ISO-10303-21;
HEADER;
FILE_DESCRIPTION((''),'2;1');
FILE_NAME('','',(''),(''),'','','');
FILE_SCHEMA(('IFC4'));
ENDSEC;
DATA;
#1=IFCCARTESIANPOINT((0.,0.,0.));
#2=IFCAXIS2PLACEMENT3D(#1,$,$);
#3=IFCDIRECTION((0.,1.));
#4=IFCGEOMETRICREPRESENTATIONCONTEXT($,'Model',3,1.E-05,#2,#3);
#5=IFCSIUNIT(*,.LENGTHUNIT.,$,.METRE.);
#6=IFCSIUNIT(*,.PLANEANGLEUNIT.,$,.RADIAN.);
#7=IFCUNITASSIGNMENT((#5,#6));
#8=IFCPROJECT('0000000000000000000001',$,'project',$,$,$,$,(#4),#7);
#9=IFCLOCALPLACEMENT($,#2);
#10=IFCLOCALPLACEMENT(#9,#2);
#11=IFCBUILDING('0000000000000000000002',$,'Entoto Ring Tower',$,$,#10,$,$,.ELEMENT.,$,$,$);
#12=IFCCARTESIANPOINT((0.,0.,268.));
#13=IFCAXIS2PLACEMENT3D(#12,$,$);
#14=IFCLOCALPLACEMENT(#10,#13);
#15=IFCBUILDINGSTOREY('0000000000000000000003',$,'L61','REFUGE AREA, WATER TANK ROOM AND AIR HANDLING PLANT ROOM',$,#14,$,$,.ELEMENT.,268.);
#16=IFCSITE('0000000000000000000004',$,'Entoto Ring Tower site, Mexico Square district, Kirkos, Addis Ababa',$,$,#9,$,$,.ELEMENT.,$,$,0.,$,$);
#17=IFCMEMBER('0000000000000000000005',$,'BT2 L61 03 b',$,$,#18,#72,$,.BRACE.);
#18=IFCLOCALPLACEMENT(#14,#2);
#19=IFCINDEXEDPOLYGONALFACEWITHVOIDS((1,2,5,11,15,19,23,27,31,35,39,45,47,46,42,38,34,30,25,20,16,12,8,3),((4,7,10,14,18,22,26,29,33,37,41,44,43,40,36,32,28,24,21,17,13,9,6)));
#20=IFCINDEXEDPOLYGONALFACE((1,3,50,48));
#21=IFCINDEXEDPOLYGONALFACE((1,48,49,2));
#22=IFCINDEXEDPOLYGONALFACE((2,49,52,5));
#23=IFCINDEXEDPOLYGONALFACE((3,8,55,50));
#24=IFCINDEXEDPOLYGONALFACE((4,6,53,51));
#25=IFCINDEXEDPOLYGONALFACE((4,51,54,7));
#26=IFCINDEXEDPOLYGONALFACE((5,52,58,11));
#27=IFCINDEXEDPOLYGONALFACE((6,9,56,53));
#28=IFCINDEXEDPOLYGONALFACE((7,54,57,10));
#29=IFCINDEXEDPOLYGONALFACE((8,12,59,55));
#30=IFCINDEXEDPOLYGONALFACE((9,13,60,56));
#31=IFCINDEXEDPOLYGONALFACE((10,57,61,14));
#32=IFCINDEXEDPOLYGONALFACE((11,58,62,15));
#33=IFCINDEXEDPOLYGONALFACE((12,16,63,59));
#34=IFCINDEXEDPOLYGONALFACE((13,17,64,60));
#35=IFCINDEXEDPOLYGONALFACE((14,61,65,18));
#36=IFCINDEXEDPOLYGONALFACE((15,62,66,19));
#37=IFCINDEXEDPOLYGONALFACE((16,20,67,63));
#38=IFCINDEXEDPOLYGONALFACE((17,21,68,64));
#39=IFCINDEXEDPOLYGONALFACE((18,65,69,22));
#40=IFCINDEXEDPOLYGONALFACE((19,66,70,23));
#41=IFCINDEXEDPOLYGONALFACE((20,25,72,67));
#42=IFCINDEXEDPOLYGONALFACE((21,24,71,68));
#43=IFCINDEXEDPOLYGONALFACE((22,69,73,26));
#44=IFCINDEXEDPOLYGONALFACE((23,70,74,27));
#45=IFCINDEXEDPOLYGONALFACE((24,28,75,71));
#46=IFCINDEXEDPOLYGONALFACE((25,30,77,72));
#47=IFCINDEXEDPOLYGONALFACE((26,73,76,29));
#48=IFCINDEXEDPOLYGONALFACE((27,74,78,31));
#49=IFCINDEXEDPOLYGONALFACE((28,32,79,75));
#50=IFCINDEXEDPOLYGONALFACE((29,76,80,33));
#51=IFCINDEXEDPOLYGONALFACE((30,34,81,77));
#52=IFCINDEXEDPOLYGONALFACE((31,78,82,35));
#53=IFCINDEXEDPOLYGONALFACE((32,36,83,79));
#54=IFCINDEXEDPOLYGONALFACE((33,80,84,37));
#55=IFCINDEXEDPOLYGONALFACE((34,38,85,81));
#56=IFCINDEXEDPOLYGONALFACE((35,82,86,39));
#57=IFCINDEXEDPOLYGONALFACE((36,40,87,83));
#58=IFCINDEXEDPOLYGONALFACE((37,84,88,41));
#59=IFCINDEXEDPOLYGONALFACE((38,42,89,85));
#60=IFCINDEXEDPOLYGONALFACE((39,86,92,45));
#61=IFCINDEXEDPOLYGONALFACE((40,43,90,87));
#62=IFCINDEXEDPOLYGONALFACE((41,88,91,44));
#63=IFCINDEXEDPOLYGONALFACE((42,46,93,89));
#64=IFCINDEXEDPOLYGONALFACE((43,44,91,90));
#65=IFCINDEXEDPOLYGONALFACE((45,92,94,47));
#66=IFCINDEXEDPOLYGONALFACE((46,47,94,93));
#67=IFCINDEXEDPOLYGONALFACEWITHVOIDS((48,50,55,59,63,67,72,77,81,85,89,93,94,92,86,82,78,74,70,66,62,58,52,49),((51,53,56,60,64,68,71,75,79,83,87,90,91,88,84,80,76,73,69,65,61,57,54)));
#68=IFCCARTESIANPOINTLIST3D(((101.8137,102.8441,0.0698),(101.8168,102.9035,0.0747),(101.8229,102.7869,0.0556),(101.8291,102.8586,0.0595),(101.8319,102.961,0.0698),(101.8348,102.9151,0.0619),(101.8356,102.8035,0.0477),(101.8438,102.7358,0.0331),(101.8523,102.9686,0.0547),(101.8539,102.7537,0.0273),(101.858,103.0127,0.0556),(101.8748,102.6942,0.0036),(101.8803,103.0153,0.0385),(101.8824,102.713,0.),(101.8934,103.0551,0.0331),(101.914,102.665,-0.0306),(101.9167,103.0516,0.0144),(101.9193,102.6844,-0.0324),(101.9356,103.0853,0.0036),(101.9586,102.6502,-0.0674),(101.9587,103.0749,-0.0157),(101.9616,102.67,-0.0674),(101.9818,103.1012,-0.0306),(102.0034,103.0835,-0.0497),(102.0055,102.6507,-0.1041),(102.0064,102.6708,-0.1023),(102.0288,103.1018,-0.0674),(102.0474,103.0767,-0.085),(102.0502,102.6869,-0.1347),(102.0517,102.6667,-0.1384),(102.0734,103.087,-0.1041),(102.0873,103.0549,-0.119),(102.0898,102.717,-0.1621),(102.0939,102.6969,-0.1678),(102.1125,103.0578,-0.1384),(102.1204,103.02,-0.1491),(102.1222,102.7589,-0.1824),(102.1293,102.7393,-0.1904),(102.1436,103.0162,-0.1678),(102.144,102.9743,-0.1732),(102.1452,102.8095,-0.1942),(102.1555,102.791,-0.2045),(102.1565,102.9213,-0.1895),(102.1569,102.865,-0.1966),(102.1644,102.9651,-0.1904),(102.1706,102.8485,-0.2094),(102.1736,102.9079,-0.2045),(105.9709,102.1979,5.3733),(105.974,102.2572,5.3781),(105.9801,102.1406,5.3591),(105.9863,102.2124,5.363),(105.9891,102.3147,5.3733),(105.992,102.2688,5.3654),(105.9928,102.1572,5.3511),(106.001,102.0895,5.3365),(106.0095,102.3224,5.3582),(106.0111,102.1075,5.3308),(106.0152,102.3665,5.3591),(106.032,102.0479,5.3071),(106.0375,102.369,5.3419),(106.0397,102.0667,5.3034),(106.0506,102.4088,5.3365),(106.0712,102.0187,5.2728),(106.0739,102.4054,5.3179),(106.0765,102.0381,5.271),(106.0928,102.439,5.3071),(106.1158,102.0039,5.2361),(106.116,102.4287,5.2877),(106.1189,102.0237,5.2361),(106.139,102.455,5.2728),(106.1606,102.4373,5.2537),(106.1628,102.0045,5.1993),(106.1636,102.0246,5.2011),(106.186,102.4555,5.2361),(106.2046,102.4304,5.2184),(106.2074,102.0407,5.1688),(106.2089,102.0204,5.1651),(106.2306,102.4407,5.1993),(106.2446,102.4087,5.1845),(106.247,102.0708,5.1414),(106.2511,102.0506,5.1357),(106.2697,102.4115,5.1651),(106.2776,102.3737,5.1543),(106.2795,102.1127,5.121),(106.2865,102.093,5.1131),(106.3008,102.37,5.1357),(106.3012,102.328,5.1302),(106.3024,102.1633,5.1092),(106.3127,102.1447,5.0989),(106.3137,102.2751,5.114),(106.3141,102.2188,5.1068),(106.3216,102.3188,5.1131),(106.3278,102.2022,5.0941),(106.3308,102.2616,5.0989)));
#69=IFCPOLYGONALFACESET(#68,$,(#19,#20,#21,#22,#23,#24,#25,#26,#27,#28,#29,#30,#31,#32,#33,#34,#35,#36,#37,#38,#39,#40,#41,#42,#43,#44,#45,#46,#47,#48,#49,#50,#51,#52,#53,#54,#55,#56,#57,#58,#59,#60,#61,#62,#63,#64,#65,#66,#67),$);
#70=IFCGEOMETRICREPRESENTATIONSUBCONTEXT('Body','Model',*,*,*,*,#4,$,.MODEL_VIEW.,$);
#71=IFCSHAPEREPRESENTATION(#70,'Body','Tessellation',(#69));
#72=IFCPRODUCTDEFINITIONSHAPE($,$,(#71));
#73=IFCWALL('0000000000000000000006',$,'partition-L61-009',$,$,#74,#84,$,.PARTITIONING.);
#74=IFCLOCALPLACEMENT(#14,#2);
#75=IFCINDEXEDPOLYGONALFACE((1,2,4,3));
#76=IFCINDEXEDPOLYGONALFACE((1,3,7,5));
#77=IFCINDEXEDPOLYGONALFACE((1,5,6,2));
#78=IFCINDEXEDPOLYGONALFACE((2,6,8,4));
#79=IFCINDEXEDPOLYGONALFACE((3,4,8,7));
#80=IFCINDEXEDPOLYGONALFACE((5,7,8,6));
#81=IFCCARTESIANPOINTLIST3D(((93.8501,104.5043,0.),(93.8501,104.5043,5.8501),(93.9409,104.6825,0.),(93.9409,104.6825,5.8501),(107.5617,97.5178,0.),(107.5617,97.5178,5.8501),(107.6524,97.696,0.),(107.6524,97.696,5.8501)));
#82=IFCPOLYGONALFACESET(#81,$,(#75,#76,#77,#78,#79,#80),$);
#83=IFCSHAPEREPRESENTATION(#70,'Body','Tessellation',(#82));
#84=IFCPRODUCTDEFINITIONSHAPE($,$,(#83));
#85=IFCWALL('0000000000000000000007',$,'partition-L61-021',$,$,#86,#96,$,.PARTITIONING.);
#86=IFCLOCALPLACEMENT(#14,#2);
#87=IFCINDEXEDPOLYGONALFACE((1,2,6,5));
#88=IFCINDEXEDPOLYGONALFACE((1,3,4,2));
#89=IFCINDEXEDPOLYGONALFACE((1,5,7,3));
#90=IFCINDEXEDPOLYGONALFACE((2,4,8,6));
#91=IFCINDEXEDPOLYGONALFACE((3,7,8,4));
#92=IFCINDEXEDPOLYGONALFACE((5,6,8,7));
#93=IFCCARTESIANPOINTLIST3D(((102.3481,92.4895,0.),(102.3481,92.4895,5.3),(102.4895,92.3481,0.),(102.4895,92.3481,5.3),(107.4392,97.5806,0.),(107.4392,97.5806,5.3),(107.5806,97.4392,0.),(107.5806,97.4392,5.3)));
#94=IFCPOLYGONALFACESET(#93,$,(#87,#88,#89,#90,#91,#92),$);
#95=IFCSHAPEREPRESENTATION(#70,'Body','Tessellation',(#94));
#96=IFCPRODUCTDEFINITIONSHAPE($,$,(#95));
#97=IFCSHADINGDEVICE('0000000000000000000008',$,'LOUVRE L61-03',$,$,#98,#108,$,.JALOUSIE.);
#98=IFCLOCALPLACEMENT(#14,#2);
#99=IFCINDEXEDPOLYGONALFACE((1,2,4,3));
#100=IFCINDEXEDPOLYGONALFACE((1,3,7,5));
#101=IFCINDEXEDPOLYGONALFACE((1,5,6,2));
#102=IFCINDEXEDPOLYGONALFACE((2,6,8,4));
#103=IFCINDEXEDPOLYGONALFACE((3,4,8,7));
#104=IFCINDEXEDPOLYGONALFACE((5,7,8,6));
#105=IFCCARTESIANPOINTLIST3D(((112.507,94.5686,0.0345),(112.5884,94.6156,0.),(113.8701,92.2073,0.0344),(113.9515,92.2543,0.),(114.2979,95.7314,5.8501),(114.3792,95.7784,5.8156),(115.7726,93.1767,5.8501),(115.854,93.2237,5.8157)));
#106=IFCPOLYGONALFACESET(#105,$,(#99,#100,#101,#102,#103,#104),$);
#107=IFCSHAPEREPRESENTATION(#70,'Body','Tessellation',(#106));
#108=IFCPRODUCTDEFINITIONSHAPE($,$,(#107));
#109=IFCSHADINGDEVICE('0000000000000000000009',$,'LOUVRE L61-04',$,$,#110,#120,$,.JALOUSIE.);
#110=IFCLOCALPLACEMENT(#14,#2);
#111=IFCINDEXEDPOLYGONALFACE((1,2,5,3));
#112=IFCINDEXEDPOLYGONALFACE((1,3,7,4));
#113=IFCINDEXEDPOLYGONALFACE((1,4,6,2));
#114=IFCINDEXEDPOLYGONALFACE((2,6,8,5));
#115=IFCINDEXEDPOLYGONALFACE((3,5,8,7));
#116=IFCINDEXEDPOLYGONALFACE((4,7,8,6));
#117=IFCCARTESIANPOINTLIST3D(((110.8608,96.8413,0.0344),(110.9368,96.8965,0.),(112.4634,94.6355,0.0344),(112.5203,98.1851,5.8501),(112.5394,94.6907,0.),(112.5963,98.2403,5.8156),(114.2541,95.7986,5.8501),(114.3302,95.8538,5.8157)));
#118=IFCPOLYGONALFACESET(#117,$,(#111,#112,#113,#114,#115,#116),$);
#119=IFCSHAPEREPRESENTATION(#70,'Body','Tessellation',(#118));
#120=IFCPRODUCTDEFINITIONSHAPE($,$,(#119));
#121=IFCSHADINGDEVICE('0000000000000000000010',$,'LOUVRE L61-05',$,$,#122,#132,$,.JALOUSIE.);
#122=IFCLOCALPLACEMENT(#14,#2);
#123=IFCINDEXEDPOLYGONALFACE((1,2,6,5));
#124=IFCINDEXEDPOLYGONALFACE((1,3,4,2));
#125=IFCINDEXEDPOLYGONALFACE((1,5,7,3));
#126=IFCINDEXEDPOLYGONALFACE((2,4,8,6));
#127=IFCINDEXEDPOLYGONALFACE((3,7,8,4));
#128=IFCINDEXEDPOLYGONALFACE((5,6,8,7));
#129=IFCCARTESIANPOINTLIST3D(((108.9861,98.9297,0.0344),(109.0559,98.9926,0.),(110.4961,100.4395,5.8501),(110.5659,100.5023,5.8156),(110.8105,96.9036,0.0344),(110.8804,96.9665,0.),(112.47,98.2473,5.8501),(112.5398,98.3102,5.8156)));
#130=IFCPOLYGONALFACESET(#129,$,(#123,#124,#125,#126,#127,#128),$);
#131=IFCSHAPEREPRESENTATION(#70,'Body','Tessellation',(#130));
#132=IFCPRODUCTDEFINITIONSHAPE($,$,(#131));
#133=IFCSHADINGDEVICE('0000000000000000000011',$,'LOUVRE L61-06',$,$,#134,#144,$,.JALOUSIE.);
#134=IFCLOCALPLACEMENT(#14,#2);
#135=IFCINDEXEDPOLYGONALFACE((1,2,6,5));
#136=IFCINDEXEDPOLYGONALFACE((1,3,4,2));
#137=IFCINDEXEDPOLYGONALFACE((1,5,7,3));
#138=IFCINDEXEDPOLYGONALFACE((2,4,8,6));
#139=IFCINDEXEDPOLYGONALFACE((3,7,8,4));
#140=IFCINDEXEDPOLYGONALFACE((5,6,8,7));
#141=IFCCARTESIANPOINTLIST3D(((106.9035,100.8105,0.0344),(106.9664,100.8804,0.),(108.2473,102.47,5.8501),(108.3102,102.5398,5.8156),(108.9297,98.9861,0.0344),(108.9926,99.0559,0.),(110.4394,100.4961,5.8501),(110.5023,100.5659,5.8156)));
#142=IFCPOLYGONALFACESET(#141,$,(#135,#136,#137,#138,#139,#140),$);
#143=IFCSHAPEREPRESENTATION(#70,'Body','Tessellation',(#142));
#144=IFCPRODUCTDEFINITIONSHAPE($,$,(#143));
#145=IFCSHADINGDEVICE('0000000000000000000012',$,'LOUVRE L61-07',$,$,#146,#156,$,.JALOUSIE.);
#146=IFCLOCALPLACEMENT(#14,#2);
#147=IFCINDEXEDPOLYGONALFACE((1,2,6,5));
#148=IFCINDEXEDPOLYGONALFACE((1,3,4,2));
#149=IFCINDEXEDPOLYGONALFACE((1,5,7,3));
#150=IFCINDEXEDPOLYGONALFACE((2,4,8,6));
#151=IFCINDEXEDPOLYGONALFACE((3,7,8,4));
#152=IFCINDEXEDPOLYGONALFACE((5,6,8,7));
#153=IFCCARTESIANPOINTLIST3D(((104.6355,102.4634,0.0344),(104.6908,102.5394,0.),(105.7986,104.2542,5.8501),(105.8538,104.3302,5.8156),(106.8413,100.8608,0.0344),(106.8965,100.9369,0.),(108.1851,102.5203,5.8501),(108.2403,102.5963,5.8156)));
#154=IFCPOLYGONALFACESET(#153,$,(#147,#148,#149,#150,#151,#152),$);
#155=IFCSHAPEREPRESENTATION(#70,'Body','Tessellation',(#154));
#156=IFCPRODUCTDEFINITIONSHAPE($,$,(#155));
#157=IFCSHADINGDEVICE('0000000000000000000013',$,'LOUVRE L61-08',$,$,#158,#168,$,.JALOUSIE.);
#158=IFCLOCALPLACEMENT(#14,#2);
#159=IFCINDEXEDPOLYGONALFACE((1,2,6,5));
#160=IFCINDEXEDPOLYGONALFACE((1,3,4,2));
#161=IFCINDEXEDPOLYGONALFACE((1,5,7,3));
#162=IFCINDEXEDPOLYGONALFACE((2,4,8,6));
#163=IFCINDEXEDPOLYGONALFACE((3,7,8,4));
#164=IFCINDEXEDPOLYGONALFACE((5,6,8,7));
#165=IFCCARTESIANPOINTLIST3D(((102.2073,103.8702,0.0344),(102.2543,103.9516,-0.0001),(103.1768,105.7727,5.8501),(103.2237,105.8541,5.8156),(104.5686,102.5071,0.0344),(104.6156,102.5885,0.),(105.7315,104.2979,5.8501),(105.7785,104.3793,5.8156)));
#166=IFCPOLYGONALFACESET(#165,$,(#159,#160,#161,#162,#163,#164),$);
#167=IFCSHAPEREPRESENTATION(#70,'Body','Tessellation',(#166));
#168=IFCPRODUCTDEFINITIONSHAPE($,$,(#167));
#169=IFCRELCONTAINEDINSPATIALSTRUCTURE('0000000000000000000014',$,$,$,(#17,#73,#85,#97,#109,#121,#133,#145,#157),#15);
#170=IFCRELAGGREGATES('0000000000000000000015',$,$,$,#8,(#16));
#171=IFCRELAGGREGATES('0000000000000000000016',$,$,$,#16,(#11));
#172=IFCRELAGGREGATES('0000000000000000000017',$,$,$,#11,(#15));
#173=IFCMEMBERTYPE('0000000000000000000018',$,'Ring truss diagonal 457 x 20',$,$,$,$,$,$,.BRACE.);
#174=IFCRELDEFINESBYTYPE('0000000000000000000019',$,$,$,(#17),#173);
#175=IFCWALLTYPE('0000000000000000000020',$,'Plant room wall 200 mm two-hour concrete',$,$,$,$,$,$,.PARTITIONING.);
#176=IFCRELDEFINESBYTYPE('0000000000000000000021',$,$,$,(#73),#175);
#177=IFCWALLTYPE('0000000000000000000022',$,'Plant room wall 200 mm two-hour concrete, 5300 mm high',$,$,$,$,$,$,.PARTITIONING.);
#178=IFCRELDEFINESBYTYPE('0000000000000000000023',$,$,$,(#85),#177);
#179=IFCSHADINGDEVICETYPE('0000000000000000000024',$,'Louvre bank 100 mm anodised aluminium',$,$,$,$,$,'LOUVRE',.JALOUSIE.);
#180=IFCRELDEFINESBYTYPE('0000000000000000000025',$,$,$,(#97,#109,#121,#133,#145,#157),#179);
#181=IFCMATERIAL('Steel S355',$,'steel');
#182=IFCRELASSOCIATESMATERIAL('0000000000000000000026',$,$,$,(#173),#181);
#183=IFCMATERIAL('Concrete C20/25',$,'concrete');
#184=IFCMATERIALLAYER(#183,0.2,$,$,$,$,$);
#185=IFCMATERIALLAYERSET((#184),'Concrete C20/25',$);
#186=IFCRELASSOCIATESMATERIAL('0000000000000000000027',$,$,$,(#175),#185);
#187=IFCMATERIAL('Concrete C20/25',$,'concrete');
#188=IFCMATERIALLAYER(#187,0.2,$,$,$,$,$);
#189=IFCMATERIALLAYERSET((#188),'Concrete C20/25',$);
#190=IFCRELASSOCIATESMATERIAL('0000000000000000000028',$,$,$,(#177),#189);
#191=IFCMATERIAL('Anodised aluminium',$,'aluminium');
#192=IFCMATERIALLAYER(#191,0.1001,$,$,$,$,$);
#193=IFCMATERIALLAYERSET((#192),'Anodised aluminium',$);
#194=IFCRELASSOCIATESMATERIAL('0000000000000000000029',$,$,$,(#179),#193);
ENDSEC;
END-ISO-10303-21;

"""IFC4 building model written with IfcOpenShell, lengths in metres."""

from ifc_helpers import new_model, si_unit, direction, frame, frame_2d, origin, origin_2d, place, context, subcontext, project, spatial, polyline, rectangle, circle, hollow_circle, outline, extrude, material, layer, layer_set, material_profile, profile_set, type_object, element, save


model = new_model("IFC4")

# Units and contexts
model_context = context("Model", 3, precision=1e-05, world=origin(), true_north=direction((0.0, 1.0)))
body_context = subcontext(model_context, "Body", "Model", "MODEL_VIEW")
ifc_project = project(units=[si_unit("LENGTHUNIT", "METRE"), si_unit("PLANEANGLEUNIT", "RADIAN")], contexts=[model_context])

# Site, building, storey
site_placement = place(None, origin())
site = spatial("IfcSite", under=ifc_project, at=site_placement, Name="Entoto Ring Tower site, Mexico Square district, Kirkos, Addis Ababa", CompositionType="ELEMENT", RefElevation=0.0)
building_placement = place(site_placement, origin())
building = spatial("IfcBuilding", under=site, at=building_placement, Name="Entoto Ring Tower", CompositionType="ELEMENT")
storey_placement = place(building_placement, frame((0.0, 0.0, 268.0)))
storey = spatial("IfcBuildingStorey", under=building, at=storey_placement, Name="L61", Description="REFUGE AREA, WATER TANK ROOM AND AIR HANDLING PLANT ROOM", CompositionType="ELEMENT", Elevation=268.0)

# Member
ifc_material_1 = material(Name="Steel S355", Category="steel")
ifc_material_profile_1 = material_profile(ifc_material_1, hollow_circle(Radius=0.2285, WallThickness=0.02, at=origin_2d()), Name="CHS 457 x 20")
ifc_material_2 = material(Name="Concrete C60/75", Category="concrete")
ifc_material_profile_2 = material_profile(ifc_material_2, circle(Radius=0.2085, at=origin_2d()), Name="Concrete C60/75 infill")
ifc_profile_set_1 = profile_set([ifc_material_profile_1, ifc_material_profile_2], Name="Steel S355")
member_type_1 = type_object("IfcMemberType", Name="Ring truss diagonal 457 x 20", PredefinedType="BRACE", material=ifc_profile_set_1)
for number, where, z_axis, x_axis, name in (
    (1, (106.1509, 102.2297, 5.2361), (-0.614106, 0.095463, -0.783429), (-0.153605, -0.988132, 0.0), "BT2 L61 03 b"),
):
    element("IfcMember", number, at=place(storey_placement, frame(where, z_axis=z_axis, x_axis=x_axis)), inside=storey, type_object=member_type_1, Name=name, PredefinedType="BRACE", context=body_context, shape_type="SweptSolid", body=[
        extrude(hollow_circle(Radius=0.2285, WallThickness=0.02, at=origin_2d()), origin(), (0.0, 0.0, 1.0), 6.7695),
    ])

# Walls
ifc_material_3 = material(Name="Concrete C20/25", Category="concrete")
ifc_layer_1 = layer(ifc_material_3, 0.2)
ifc_layer_set_1 = layer_set([ifc_layer_1], Name="Concrete C20/25")
wall_type_1 = type_object("IfcWallType", Name="Plant room wall 200 mm two-hour concrete", PredefinedType="PARTITIONING", material=ifc_layer_set_1)
wall_1_placement = place(storey_placement, frame((107.6069, 97.6069, 0.0), z_axis=(0.0, 0.0, 1.0), x_axis=(-0.891003, 0.453997, 0.0)))
element("IfcWall", 2, at=wall_1_placement, inside=storey, type_object=wall_type_1, Name="partition-L61-009", PredefinedType="PARTITIONING", context=body_context, shape_type="SweptSolid", body=[
    extrude(rectangle(XDim=15.3889, YDim=0.2, at=frame_2d((7.6943, 0.0))), origin(), (0.0, 0.0, 1.0), 5.8501),
])
ifc_material_4 = material(Name="Concrete C20/25", Category="concrete")
ifc_layer_2 = layer(ifc_material_4, 0.2)
ifc_layer_set_2 = layer_set([ifc_layer_2], Name="Concrete C20/25")
wall_type_2 = type_object("IfcWallType", Name="Plant room wall 200 mm two-hour concrete, 5300 mm high", PredefinedType="PARTITIONING", material=ifc_layer_set_2)
wall_2_placement = place(storey_placement, frame((102.4187, 92.4187, 0.0), z_axis=(0.0, 0.0, 1.0), x_axis=(0.707107, 0.707107, 0.0)))
element("IfcWall", 3, at=wall_2_placement, inside=storey, type_object=wall_type_2, Name="partition-L61-021", PredefinedType="PARTITIONING", context=body_context, shape_type="SweptSolid", body=[
    extrude(rectangle(XDim=7.2, YDim=0.2, at=frame_2d((3.6001, 0.0))), origin(), (0.0, 0.0, 1.0), 5.3),
])

# Shading devices
ifc_material_5 = material(Name="Anodised aluminium", Category="aluminium")
ifc_layer_3 = layer(ifc_material_5, 0.1001)
ifc_layer_set_3 = layer_set([ifc_layer_3], Name="Anodised aluminium")
shading_device_type = type_object("IfcShadingDeviceType", Name="Louvre bank 100 mm anodised aluminium", ElementType="LOUVRE", PredefinedType="JALOUSIE", material=ifc_layer_set_3)
shading_device_1_placement = place(storey_placement, frame((113.8701, 92.2073, 0.0344), z_axis=(-0.81312, -0.469394, 0.344246), x_axis=(-0.499948, 0.866056, 0.00001)))
element("IfcShadingDevice", 4, at=shading_device_1_placement, inside=storey, type_object=shading_device_type, Name="LOUVRE L61-03", PredefinedType="JALOUSIE", context=body_context, shape_type="SweptSolid", body=[
    extrude(outline(polyline([(0.0, 0.0), (2.7265, 0.0), (2.8383, -6.1942), (-0.1115, -6.1943), (0.0, 0.0)])), origin(), (0.0, 0.0, -1.0), 0.1001),
])
shading_device_2_placement = place(storey_placement, frame((112.4634, 94.6355, 0.0344), z_axis=(-0.759574, -0.551852, 0.344249), x_axis=(-0.587777, 0.809023, 0.000004)))
element("IfcShadingDevice", 5, at=shading_device_2_placement, inside=storey, type_object=shading_device_type, Name="LOUVRE L61-04", PredefinedType="JALOUSIE", context=body_context, shape_type="SweptSolid", body=[
    extrude(outline(polyline([(0.0, 0.0), (2.7265, 0.0), (2.8383, -6.1943), (-0.1116, -6.1943), (0.0, 0.0)])), origin(), (0.0, 0.0, -1.0), 0.1001),
])
shading_device_3_placement = place(storey_placement, frame((110.8105, 96.9036, 0.0344), z_axis=(-0.697707, -0.628251, 0.344247), x_axis=(-0.669151, 0.743127, -0.000003)))
element("IfcShadingDevice", 6, at=shading_device_3_placement, inside=storey, type_object=shading_device_type, Name="LOUVRE L61-05", PredefinedType="JALOUSIE", context=body_context, shape_type="SweptSolid", body=[
    extrude(outline(polyline([(0.0, 0.0), (2.7265, 0.0), (2.838, -6.1943), (-0.1118, -6.1943), (0.0, 0.0)])), origin(), (0.0, 0.0, -1.0), 0.1001),
])
shading_device_4_placement = place(storey_placement, frame((108.9297, 98.9861, 0.0344), z_axis=(-0.628251, -0.697707, 0.344247), x_axis=(-0.743127, 0.669151, 0.000003)))
element("IfcShadingDevice", 7, at=shading_device_4_placement, inside=storey, type_object=shading_device_type, Name="LOUVRE L61-06", PredefinedType="JALOUSIE", context=body_context, shape_type="SweptSolid", body=[
    extrude(outline(polyline([(0.0, 0.0), (2.7265, 0.0), (2.8384, -6.1943), (-0.1115, -6.1943), (0.0, 0.0)])), origin(), (0.0, 0.0, -1.0), 0.1001),
])
shading_device_5_placement = place(storey_placement, frame((106.8413, 100.8608, 0.0344), z_axis=(-0.551852, -0.759574, 0.344249), x_axis=(-0.809023, 0.587777, -0.000004)))
element("IfcShadingDevice", 8, at=shading_device_5_placement, inside=storey, type_object=shading_device_type, Name="LOUVRE L61-07", PredefinedType="JALOUSIE", context=body_context, shape_type="SweptSolid", body=[
    extrude(outline(polyline([(0.0, 0.0), (2.7265, 0.0), (2.8381, -6.1943), (-0.1118, -6.1943), (0.0, 0.0)])), origin(), (0.0, 0.0, -1.0), 0.1001),
])
shading_device_6_placement = place(storey_placement, frame((104.5686, 102.5071, 0.0344), z_axis=(-0.469394, -0.81312, 0.344246), x_axis=(-0.866056, 0.499948, -0.00001)))
element("IfcShadingDevice", 9, at=shading_device_6_placement, inside=storey, type_object=shading_device_type, Name="LOUVRE L61-08", PredefinedType="JALOUSIE", context=body_context, shape_type="SweptSolid", body=[
    extrude(outline(polyline([(0.0, 0.0), (2.7265, 0.0), (2.838, -6.1943), (-0.1119, -6.1942), (0.0, 0.0)])), origin(), (0.0, 0.0, -1.0), 0.1001),
])

save(model, "model.ifc")
